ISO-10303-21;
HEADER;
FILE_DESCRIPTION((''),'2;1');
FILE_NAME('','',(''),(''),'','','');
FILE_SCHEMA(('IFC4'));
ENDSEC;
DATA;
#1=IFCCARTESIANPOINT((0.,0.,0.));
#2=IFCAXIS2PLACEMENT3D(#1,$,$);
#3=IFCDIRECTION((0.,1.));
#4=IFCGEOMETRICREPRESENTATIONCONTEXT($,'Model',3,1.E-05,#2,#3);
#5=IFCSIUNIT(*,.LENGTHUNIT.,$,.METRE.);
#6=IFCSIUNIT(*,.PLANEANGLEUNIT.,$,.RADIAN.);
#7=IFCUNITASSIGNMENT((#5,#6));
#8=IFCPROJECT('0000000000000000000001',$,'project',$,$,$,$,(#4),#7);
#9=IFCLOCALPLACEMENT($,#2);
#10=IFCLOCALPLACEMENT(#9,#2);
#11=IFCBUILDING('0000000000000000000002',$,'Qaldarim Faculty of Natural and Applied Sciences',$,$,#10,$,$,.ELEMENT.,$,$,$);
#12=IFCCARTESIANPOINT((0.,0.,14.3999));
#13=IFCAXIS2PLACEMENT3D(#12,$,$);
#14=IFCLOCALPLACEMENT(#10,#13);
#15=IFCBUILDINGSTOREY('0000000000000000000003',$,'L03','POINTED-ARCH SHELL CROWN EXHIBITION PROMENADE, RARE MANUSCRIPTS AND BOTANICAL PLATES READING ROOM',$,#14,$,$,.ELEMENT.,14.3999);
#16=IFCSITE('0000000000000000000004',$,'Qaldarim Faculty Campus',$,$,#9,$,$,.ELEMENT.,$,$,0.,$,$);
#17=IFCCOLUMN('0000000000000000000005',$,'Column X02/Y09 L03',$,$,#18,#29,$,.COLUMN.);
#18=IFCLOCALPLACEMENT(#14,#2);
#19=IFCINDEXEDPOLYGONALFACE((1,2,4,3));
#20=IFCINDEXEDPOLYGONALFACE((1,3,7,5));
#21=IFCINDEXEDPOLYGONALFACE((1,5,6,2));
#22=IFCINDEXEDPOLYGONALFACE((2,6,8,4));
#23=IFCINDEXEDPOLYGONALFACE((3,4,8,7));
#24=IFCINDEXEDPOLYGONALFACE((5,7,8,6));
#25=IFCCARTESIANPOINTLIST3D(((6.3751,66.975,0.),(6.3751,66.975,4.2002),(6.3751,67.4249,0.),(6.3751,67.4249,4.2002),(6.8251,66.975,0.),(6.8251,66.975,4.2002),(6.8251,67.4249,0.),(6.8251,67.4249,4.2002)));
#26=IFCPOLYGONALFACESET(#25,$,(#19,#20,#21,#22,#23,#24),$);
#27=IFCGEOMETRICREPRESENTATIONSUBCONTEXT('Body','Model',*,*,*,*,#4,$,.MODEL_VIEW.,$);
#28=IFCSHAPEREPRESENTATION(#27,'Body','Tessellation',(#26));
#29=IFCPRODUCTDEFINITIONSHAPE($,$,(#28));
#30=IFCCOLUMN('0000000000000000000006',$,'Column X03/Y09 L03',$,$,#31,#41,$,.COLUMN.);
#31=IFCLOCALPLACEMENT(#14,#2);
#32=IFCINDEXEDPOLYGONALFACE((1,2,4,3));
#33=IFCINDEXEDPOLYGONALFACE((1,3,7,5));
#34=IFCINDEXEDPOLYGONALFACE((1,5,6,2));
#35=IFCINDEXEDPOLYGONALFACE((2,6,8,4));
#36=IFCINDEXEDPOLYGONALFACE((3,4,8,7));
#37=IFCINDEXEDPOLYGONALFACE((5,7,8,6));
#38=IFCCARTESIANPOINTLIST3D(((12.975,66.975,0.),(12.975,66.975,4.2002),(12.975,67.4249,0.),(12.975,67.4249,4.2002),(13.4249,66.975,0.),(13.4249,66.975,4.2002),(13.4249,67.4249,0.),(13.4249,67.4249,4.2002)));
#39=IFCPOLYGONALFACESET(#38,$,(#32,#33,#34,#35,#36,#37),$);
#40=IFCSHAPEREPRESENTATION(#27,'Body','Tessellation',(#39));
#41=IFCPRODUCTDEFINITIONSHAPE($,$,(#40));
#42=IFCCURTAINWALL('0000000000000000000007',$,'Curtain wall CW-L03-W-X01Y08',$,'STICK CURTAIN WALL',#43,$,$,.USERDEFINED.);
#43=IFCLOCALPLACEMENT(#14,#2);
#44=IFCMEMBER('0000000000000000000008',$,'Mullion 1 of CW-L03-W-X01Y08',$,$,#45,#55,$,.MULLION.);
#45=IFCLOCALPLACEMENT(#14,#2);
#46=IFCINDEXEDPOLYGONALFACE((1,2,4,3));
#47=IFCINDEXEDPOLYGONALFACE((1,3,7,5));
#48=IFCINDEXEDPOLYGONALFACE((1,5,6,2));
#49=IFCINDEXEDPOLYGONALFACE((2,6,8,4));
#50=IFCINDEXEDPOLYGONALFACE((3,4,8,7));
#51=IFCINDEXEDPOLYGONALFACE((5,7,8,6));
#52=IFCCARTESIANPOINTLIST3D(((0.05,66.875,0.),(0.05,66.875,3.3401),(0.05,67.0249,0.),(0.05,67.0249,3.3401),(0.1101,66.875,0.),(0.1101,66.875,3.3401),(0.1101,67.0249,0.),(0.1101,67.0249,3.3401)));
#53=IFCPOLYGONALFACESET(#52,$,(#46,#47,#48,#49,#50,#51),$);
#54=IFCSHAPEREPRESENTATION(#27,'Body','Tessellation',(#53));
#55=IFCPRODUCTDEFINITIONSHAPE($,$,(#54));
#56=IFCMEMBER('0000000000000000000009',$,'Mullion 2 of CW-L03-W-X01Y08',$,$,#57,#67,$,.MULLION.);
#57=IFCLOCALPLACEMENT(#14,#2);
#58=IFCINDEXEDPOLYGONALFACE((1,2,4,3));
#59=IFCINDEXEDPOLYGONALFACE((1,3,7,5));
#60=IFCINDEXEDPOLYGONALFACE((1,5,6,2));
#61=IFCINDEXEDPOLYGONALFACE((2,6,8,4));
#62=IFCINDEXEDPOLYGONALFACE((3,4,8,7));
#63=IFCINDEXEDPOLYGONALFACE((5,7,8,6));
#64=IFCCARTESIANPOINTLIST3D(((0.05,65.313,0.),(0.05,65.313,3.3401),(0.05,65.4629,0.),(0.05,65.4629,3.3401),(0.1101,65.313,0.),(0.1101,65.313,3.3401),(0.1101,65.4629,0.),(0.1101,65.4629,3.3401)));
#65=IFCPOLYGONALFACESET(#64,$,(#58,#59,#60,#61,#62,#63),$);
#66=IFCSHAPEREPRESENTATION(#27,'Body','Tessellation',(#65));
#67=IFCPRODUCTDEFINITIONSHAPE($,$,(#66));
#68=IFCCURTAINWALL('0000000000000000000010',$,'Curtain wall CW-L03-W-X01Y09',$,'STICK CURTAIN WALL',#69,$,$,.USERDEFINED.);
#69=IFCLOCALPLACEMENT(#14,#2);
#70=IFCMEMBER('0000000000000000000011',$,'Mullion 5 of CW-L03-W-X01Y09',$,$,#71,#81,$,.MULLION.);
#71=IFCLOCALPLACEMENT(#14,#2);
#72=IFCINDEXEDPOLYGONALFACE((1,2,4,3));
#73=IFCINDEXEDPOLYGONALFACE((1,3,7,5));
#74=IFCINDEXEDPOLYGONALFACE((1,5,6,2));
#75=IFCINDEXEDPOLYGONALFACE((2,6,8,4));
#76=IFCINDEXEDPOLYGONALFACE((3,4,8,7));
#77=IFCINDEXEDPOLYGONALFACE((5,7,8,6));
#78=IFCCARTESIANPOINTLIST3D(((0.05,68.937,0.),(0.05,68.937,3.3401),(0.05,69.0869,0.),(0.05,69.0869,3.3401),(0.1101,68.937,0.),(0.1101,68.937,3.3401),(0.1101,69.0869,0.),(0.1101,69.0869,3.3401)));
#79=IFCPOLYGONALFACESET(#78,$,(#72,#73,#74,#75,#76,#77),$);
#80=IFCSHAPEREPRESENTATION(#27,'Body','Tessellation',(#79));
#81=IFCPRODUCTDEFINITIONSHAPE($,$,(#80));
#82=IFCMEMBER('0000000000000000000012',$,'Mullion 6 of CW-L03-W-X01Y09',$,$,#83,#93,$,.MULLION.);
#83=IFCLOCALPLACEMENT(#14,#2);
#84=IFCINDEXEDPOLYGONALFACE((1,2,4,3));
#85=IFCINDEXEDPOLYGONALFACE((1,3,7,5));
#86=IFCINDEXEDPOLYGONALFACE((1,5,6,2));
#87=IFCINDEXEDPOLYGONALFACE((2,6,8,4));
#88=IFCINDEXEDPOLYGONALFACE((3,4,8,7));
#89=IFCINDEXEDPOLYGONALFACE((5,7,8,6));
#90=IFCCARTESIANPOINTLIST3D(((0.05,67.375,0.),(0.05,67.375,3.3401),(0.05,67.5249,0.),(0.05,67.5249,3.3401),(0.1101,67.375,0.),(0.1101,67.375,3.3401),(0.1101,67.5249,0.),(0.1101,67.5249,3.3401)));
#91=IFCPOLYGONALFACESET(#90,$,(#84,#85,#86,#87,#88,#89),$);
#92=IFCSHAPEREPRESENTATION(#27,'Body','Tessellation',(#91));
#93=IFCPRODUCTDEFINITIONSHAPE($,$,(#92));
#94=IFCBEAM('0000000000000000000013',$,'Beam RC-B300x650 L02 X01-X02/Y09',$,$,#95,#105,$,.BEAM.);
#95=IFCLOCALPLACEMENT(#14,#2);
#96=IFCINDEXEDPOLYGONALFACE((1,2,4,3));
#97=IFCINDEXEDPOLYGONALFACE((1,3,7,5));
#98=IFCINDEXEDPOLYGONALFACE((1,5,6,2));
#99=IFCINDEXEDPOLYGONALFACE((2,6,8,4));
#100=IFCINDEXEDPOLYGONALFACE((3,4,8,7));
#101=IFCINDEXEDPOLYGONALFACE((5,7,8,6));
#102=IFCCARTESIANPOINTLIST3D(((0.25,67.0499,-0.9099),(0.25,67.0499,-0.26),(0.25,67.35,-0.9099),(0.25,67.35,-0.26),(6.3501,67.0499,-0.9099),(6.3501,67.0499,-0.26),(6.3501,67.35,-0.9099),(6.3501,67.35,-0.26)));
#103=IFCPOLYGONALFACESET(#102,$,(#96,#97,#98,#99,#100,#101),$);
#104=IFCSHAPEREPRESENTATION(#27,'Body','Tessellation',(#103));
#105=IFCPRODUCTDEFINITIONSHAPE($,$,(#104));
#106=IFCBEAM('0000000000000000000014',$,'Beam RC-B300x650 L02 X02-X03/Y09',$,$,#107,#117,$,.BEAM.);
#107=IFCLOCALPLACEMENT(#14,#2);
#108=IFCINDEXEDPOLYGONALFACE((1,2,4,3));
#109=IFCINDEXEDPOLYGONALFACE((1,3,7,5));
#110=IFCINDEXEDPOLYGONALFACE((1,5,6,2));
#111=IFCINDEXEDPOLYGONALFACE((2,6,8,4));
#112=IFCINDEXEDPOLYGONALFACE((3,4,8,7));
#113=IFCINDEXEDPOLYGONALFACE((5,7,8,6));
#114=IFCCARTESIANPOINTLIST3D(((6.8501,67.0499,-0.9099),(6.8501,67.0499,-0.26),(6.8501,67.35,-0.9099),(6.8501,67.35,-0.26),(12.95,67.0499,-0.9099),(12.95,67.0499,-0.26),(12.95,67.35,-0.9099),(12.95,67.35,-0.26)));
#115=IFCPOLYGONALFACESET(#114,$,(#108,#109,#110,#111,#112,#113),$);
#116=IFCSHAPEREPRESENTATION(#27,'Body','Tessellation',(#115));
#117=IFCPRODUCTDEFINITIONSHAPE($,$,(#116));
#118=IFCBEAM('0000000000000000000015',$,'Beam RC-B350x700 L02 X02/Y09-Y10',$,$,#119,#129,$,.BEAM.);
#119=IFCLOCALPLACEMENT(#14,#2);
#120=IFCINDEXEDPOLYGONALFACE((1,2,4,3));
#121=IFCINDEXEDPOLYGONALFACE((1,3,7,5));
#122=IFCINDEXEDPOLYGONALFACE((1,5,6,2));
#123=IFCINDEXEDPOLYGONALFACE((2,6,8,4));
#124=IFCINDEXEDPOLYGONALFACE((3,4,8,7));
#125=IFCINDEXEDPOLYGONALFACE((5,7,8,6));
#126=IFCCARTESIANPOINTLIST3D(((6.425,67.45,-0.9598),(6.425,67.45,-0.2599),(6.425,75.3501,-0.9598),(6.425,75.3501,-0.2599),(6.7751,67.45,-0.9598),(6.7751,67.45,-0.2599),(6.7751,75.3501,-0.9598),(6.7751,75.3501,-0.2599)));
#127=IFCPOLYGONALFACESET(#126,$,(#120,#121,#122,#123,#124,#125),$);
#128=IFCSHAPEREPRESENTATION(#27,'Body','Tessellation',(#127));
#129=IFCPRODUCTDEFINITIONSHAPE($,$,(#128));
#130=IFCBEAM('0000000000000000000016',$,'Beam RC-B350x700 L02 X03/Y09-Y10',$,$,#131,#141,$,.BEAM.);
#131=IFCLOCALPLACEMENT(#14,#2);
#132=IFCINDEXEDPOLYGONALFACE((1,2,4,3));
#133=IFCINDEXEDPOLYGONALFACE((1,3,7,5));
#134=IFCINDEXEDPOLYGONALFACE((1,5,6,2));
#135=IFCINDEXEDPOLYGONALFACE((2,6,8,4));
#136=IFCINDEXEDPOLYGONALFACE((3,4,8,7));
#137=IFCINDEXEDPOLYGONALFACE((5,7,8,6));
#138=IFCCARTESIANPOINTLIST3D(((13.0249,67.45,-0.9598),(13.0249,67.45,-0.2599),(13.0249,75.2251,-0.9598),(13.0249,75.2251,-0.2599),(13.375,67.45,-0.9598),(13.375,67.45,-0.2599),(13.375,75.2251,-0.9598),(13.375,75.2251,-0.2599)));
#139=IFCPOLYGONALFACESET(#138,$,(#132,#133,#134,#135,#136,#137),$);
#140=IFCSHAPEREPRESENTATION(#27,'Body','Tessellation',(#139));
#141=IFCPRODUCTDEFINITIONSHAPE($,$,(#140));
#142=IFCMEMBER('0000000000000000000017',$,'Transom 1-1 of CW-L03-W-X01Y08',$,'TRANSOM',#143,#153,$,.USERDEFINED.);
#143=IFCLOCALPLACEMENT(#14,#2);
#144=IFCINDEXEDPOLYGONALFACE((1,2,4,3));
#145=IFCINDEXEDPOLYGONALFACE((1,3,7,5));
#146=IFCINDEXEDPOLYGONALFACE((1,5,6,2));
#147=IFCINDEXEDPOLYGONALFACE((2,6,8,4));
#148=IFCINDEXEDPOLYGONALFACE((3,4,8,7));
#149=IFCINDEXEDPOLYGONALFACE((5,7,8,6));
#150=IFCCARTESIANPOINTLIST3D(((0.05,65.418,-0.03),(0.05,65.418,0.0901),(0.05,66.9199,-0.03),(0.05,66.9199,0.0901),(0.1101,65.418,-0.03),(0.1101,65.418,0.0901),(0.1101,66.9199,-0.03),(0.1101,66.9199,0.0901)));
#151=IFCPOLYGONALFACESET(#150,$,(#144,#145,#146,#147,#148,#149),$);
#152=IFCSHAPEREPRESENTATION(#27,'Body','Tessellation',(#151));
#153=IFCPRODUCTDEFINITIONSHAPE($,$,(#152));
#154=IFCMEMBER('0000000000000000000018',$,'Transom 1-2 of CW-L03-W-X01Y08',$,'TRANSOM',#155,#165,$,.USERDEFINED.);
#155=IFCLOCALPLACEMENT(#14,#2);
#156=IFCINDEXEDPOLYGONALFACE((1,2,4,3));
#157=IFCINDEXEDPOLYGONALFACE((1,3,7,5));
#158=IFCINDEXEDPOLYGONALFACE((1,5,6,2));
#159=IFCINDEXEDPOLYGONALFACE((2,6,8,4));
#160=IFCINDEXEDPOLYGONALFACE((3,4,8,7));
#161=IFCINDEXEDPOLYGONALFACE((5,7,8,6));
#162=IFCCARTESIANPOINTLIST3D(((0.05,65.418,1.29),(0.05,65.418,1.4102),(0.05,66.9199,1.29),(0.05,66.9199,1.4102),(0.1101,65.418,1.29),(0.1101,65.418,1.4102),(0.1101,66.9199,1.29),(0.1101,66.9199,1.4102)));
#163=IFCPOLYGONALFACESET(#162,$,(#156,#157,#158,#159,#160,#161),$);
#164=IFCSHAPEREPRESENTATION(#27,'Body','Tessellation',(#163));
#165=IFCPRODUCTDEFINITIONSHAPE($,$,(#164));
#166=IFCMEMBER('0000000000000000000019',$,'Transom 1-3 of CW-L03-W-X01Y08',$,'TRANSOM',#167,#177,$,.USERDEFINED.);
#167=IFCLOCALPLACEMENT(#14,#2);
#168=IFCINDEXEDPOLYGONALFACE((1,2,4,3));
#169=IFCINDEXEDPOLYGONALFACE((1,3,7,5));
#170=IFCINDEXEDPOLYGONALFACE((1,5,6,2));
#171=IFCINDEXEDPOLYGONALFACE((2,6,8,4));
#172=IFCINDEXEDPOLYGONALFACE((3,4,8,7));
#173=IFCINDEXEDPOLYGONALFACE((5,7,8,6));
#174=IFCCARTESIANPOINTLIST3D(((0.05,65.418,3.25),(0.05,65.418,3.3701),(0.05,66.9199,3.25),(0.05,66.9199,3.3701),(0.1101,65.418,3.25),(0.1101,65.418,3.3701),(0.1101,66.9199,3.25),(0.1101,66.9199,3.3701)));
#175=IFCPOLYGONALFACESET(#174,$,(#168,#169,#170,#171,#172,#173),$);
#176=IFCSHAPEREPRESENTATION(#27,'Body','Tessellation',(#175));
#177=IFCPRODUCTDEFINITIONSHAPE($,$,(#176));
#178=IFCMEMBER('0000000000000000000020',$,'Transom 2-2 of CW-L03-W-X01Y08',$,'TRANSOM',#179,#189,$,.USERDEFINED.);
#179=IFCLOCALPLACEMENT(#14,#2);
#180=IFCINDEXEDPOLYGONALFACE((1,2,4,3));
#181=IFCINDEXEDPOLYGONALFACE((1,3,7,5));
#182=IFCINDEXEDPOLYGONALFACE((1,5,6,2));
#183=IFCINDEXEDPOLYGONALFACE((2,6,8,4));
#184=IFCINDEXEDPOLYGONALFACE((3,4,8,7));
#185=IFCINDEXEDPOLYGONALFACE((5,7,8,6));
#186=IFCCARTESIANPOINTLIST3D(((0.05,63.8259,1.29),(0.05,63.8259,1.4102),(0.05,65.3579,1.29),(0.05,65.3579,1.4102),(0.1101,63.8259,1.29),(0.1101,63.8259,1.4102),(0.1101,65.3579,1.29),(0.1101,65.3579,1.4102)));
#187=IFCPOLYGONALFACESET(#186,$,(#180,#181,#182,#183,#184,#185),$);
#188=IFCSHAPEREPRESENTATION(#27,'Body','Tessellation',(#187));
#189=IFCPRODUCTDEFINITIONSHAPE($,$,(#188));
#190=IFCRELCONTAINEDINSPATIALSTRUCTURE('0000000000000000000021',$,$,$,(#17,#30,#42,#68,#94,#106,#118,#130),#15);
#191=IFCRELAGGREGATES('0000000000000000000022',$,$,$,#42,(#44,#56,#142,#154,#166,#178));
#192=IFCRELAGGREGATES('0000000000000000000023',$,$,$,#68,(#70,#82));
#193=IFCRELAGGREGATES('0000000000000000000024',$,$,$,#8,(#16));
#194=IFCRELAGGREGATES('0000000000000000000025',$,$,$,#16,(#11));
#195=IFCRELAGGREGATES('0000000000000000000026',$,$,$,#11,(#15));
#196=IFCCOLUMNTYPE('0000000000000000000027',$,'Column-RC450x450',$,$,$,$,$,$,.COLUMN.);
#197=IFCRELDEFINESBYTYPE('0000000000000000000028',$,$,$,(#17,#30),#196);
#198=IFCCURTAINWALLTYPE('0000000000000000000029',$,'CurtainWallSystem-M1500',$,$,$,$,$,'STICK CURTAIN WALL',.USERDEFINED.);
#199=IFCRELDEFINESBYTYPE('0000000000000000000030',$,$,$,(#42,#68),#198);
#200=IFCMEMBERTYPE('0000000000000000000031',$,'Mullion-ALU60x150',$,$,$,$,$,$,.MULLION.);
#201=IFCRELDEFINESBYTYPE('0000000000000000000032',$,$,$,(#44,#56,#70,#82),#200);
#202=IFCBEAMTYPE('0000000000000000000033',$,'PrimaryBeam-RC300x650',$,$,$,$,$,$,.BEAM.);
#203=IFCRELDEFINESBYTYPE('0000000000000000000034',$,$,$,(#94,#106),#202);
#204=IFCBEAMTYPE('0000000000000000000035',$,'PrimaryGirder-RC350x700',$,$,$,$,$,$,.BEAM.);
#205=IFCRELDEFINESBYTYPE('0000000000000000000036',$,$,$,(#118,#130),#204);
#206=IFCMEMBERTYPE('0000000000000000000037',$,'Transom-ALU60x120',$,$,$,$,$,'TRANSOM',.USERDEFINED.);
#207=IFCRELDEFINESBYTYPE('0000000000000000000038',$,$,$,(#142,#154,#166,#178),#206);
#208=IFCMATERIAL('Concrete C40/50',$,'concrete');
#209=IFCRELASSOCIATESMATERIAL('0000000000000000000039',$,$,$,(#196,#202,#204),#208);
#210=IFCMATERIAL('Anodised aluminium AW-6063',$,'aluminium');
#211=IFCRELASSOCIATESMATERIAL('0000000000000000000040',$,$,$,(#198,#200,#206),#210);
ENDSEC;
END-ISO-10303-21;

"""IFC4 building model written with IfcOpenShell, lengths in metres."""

from ifc_helpers import new_model, si_unit, direction, frame, origin, origin_2d, place, context, subcontext, project, spatial, rectangle, extrude, material, material_profile, profile_set, type_object, element, aggregate, save


model = new_model("IFC4")

# Units and contexts
model_context = context("Model", 3, precision=1e-05, world=origin(), true_north=direction((0.0, 1.0)))
body_context = subcontext(model_context, "Body", "Model", "MODEL_VIEW")
ifc_project = project(units=[si_unit("LENGTHUNIT", "METRE"), si_unit("PLANEANGLEUNIT", "RADIAN")], contexts=[model_context])

# Site, building, storey
site_placement = place(None, origin())
site = spatial("IfcSite", under=ifc_project, at=site_placement, Name="Qaldarim Faculty Campus", CompositionType="ELEMENT", RefElevation=0.0)
building_placement = place(site_placement, origin())
building = spatial("IfcBuilding", under=site, at=building_placement, Name="Qaldarim Faculty of Natural and Applied Sciences", CompositionType="ELEMENT")
storey_placement = place(building_placement, frame((0.0, 0.0, 14.3999)))
storey = spatial("IfcBuildingStorey", under=building, at=storey_placement, Name="L03", Description="POINTED-ARCH SHELL CROWN EXHIBITION PROMENADE, RARE MANUSCRIPTS AND BOTANICAL PLATES READING ROOM", CompositionType="ELEMENT", Elevation=14.3999)

# Columns
ifc_material_1 = material(Name="Concrete C40/50", Category="concrete")
ifc_material_profile_1 = material_profile(ifc_material_1, rectangle(XDim=0.45, YDim=0.45, at=origin_2d()), Name="RC-C450x450")
ifc_profile_set_1 = profile_set([ifc_material_profile_1], Name="Concrete C40/50")
column_type = type_object("IfcColumnType", Name="Column-RC450x450", PredefinedType="COLUMN", material=ifc_profile_set_1)
for number, where, z_axis, x_axis, name in (
    (1, (6.6001, 67.2, 0.0), (0.0, 0.0, 1.0), (1.0, 0.0, 0.0), "Column X02/Y09 L03"),
    (2, (13.2, 67.2, 0.0), (0.0, 0.0, 1.0), (1.0, 0.0, 0.0), "Column X03/Y09 L03"),
):
    element("IfcColumn", number, at=place(storey_placement, frame(where, z_axis=z_axis, x_axis=x_axis)), inside=storey, type_object=column_type, Name=name, PredefinedType="COLUMN", context=body_context, shape_type="SweptSolid", body=[
        extrude(rectangle(XDim=0.45, YDim=0.45, at=origin_2d()), origin(), (0.0, 0.0, 1.0), 4.2002),
    ])

# Curtain walls, members
ifc_material_2 = material(Name="Anodised aluminium AW-6063", Category="aluminium")
curtain_wall_type = type_object("IfcCurtainWallType", Name="CurtainWallSystem-M1500", ElementType="STICK CURTAIN WALL", PredefinedType="USERDEFINED", material=ifc_material_2)
curtain_wall_1_placement = place(storey_placement, origin())
curtain_wall_1 = element("IfcCurtainWall", 3, at=curtain_wall_1_placement, inside=storey, type_object=curtain_wall_type, Name="Curtain wall CW-L03-W-X01Y08", ObjectType="STICK CURTAIN WALL", PredefinedType="USERDEFINED")
ifc_material_profile_2 = material_profile(ifc_material_2, rectangle(XDim=0.0601, YDim=0.1499, at=origin_2d()), Name="ALU-M60x150")
ifc_profile_set_2 = profile_set([ifc_material_profile_2], Name="Anodised aluminium AW-6063")
member_type_1 = type_object("IfcMemberType", Name="Mullion-ALU60x150", PredefinedType="MULLION", material=ifc_profile_set_2)
member_1_placement = place(storey_placement, frame((0.0801, 66.95, 0.0), z_axis=(0.0, 0.0, 1.0), x_axis=(1.0, 0.0, 0.0)))
member_1 = element("IfcMember", 4, at=member_1_placement, type_object=member_type_1, Name="Mullion 1 of CW-L03-W-X01Y08", PredefinedType="MULLION", context=body_context, shape_type="SweptSolid", body=[
    extrude(rectangle(XDim=0.0601, YDim=0.1499, at=origin_2d()), origin(), (0.0, 0.0, 1.0), 3.3401),
])
member_2_placement = place(storey_placement, frame((0.0801, 65.3879, 0.0), z_axis=(0.0, 0.0, 1.0), x_axis=(1.0, 0.0, 0.0)))
member_2 = element("IfcMember", 5, at=member_2_placement, type_object=member_type_1, Name="Mullion 2 of CW-L03-W-X01Y08", PredefinedType="MULLION", context=body_context, shape_type="SweptSolid", body=[
    extrude(rectangle(XDim=0.0601, YDim=0.1499, at=origin_2d()), origin(), (0.0, 0.0, 1.0), 3.3401),
])
curtain_wall_2_placement = place(storey_placement, origin())
curtain_wall_2 = element("IfcCurtainWall", 6, at=curtain_wall_2_placement, inside=storey, type_object=curtain_wall_type, Name="Curtain wall CW-L03-W-X01Y09", ObjectType="STICK CURTAIN WALL", PredefinedType="USERDEFINED")
member_3_placement = place(storey_placement, frame((0.0801, 69.012, 0.0), z_axis=(0.0, 0.0, 1.0), x_axis=(1.0, 0.0, 0.0)))
member_3 = element("IfcMember", 7, at=member_3_placement, type_object=member_type_1, Name="Mullion 5 of CW-L03-W-X01Y09", PredefinedType="MULLION", context=body_context, shape_type="SweptSolid", body=[
    extrude(rectangle(XDim=0.0601, YDim=0.1499, at=origin_2d()), origin(), (0.0, 0.0, 1.0), 3.3401),
])
member_4_placement = place(storey_placement, frame((0.0801, 67.45, 0.0), z_axis=(0.0, 0.0, 1.0), x_axis=(1.0, 0.0, 0.0)))
member_4 = element("IfcMember", 8, at=member_4_placement, type_object=member_type_1, Name="Mullion 6 of CW-L03-W-X01Y09", PredefinedType="MULLION", context=body_context, shape_type="SweptSolid", body=[
    extrude(rectangle(XDim=0.0601, YDim=0.1499, at=origin_2d()), origin(), (0.0, 0.0, 1.0), 3.3401),
])

# Beams
ifc_material_profile_3 = material_profile(ifc_material_1, rectangle(XDim=0.3, YDim=0.6499, at=origin_2d()), Name="RC-B300x650")
ifc_profile_set_3 = profile_set([ifc_material_profile_3], Name="Concrete C40/50")
beam_type_1 = type_object("IfcBeamType", Name="PrimaryBeam-RC300x650", PredefinedType="BEAM", material=ifc_profile_set_3)
beam_1_placement = place(storey_placement, frame((0.25, 67.2, -0.585), z_axis=(1.0, 0.0, 0.0), x_axis=(0.0, 1.0, 0.0)))
element("IfcBeam", 9, at=beam_1_placement, inside=storey, type_object=beam_type_1, Name="Beam RC-B300x650 L02 X01-X02/Y09", PredefinedType="BEAM", context=body_context, shape_type="SweptSolid", body=[
    extrude(rectangle(XDim=0.3, YDim=0.6499, at=origin_2d()), origin(), (0.0, 0.0, 1.0), 6.1001),
])
beam_2_placement = place(storey_placement, frame((6.8501, 67.2, -0.585), z_axis=(1.0, 0.0, 0.0), x_axis=(0.0, 1.0, 0.0)))
element("IfcBeam", 10, at=beam_2_placement, inside=storey, type_object=beam_type_1, Name="Beam RC-B300x650 L02 X02-X03/Y09", PredefinedType="BEAM", context=body_context, shape_type="SweptSolid", body=[
    extrude(rectangle(XDim=0.3, YDim=0.6499, at=origin_2d()), origin(), (0.0, 0.0, 1.0), 6.0999),
])
ifc_material_profile_4 = material_profile(ifc_material_1, rectangle(XDim=0.3501, YDim=0.7, at=origin_2d()), Name="RC-B350x700")
ifc_profile_set_4 = profile_set([ifc_material_profile_4], Name="Concrete C40/50")
beam_type_2 = type_object("IfcBeamType", Name="PrimaryGirder-RC350x700", PredefinedType="BEAM", material=ifc_profile_set_4)
beam_3_placement = place(storey_placement, frame((6.6001, 67.45, -0.6099), z_axis=(0.0, 1.0, 0.0), x_axis=(-1.0, 0.0, 0.0)))
element("IfcBeam", 11, at=beam_3_placement, inside=storey, type_object=beam_type_2, Name="Beam RC-B350x700 L02 X02/Y09-Y10", PredefinedType="BEAM", context=body_context, shape_type="SweptSolid", body=[
    extrude(rectangle(XDim=0.3501, YDim=0.7, at=origin_2d()), origin(), (0.0, 0.0, 1.0), 7.9001),
])
beam_4_placement = place(storey_placement, frame((13.2, 67.45, -0.6099), z_axis=(0.0, 1.0, 0.0), x_axis=(-1.0, 0.0, 0.0)))
element("IfcBeam", 12, at=beam_4_placement, inside=storey, type_object=beam_type_2, Name="Beam RC-B350x700 L02 X03/Y09-Y10", PredefinedType="BEAM", context=body_context, shape_type="SweptSolid", body=[
    extrude(rectangle(XDim=0.3501, YDim=0.7, at=origin_2d()), origin(), (0.0, 0.0, 1.0), 7.7751),
])

# Members
ifc_material_profile_5 = material_profile(ifc_material_2, rectangle(XDim=0.0601, YDim=0.1201, at=origin_2d()), Name="ALU-T60x120")
ifc_profile_set_5 = profile_set([ifc_material_profile_5], Name="Anodised aluminium AW-6063")
member_type_2 = type_object("IfcMemberType", Name="Transom-ALU60x120", ElementType="TRANSOM", PredefinedType="USERDEFINED", material=ifc_profile_set_5)
member_5_placement = place(storey_placement, frame((0.0801, 66.9199, 0.03), z_axis=(0.0, -1.0, 0.0), x_axis=(1.0, 0.0, 0.0)))
member_5 = element("IfcMember", 13, at=member_5_placement, type_object=member_type_2, Name="Transom 1-1 of CW-L03-W-X01Y08", ObjectType="TRANSOM", PredefinedType="USERDEFINED", context=body_context, shape_type="SweptSolid", body=[
    extrude(rectangle(XDim=0.0601, YDim=0.1201, at=origin_2d()), origin(), (0.0, 0.0, 1.0), 1.502),
])
member_6_placement = place(storey_placement, frame((0.0801, 66.9199, 1.3501), z_axis=(0.0, -1.0, 0.0), x_axis=(1.0, 0.0, 0.0)))
member_6 = element("IfcMember", 14, at=member_6_placement, type_object=member_type_2, Name="Transom 1-2 of CW-L03-W-X01Y08", ObjectType="TRANSOM", PredefinedType="USERDEFINED", context=body_context, shape_type="SweptSolid", body=[
    extrude(rectangle(XDim=0.0601, YDim=0.1201, at=origin_2d()), origin(), (0.0, 0.0, 1.0), 1.502),
])
member_7_placement = place(storey_placement, frame((0.0801, 66.9199, 3.3101), z_axis=(0.0, -1.0, 0.0), x_axis=(1.0, 0.0, 0.0)))
member_7 = element("IfcMember", 15, at=member_7_placement, type_object=member_type_2, Name="Transom 1-3 of CW-L03-W-X01Y08", ObjectType="TRANSOM", PredefinedType="USERDEFINED", context=body_context, shape_type="SweptSolid", body=[
    extrude(rectangle(XDim=0.0601, YDim=0.1201, at=origin_2d()), origin(), (0.0, 0.0, 1.0), 1.502),
])
member_8_placement = place(storey_placement, frame((0.0801, 65.3579, 1.3501), z_axis=(0.0, -1.0, 0.0), x_axis=(1.0, 0.0, 0.0)))
member_8 = element("IfcMember", 16, at=member_8_placement, type_object=member_type_2, Name="Transom 2-2 of CW-L03-W-X01Y08", ObjectType="TRANSOM", PredefinedType="USERDEFINED", context=body_context, shape_type="SweptSolid", body=[
    extrude(rectangle(XDim=0.0601, YDim=0.1201, at=origin_2d()), origin(), (0.0, 0.0, 1.0), 1.532),
])

aggregate(curtain_wall_1, [member_1, member_2, member_5, member_6, member_7, member_8])
aggregate(curtain_wall_2, [member_3, member_4])

save(model, "model.ifc")
